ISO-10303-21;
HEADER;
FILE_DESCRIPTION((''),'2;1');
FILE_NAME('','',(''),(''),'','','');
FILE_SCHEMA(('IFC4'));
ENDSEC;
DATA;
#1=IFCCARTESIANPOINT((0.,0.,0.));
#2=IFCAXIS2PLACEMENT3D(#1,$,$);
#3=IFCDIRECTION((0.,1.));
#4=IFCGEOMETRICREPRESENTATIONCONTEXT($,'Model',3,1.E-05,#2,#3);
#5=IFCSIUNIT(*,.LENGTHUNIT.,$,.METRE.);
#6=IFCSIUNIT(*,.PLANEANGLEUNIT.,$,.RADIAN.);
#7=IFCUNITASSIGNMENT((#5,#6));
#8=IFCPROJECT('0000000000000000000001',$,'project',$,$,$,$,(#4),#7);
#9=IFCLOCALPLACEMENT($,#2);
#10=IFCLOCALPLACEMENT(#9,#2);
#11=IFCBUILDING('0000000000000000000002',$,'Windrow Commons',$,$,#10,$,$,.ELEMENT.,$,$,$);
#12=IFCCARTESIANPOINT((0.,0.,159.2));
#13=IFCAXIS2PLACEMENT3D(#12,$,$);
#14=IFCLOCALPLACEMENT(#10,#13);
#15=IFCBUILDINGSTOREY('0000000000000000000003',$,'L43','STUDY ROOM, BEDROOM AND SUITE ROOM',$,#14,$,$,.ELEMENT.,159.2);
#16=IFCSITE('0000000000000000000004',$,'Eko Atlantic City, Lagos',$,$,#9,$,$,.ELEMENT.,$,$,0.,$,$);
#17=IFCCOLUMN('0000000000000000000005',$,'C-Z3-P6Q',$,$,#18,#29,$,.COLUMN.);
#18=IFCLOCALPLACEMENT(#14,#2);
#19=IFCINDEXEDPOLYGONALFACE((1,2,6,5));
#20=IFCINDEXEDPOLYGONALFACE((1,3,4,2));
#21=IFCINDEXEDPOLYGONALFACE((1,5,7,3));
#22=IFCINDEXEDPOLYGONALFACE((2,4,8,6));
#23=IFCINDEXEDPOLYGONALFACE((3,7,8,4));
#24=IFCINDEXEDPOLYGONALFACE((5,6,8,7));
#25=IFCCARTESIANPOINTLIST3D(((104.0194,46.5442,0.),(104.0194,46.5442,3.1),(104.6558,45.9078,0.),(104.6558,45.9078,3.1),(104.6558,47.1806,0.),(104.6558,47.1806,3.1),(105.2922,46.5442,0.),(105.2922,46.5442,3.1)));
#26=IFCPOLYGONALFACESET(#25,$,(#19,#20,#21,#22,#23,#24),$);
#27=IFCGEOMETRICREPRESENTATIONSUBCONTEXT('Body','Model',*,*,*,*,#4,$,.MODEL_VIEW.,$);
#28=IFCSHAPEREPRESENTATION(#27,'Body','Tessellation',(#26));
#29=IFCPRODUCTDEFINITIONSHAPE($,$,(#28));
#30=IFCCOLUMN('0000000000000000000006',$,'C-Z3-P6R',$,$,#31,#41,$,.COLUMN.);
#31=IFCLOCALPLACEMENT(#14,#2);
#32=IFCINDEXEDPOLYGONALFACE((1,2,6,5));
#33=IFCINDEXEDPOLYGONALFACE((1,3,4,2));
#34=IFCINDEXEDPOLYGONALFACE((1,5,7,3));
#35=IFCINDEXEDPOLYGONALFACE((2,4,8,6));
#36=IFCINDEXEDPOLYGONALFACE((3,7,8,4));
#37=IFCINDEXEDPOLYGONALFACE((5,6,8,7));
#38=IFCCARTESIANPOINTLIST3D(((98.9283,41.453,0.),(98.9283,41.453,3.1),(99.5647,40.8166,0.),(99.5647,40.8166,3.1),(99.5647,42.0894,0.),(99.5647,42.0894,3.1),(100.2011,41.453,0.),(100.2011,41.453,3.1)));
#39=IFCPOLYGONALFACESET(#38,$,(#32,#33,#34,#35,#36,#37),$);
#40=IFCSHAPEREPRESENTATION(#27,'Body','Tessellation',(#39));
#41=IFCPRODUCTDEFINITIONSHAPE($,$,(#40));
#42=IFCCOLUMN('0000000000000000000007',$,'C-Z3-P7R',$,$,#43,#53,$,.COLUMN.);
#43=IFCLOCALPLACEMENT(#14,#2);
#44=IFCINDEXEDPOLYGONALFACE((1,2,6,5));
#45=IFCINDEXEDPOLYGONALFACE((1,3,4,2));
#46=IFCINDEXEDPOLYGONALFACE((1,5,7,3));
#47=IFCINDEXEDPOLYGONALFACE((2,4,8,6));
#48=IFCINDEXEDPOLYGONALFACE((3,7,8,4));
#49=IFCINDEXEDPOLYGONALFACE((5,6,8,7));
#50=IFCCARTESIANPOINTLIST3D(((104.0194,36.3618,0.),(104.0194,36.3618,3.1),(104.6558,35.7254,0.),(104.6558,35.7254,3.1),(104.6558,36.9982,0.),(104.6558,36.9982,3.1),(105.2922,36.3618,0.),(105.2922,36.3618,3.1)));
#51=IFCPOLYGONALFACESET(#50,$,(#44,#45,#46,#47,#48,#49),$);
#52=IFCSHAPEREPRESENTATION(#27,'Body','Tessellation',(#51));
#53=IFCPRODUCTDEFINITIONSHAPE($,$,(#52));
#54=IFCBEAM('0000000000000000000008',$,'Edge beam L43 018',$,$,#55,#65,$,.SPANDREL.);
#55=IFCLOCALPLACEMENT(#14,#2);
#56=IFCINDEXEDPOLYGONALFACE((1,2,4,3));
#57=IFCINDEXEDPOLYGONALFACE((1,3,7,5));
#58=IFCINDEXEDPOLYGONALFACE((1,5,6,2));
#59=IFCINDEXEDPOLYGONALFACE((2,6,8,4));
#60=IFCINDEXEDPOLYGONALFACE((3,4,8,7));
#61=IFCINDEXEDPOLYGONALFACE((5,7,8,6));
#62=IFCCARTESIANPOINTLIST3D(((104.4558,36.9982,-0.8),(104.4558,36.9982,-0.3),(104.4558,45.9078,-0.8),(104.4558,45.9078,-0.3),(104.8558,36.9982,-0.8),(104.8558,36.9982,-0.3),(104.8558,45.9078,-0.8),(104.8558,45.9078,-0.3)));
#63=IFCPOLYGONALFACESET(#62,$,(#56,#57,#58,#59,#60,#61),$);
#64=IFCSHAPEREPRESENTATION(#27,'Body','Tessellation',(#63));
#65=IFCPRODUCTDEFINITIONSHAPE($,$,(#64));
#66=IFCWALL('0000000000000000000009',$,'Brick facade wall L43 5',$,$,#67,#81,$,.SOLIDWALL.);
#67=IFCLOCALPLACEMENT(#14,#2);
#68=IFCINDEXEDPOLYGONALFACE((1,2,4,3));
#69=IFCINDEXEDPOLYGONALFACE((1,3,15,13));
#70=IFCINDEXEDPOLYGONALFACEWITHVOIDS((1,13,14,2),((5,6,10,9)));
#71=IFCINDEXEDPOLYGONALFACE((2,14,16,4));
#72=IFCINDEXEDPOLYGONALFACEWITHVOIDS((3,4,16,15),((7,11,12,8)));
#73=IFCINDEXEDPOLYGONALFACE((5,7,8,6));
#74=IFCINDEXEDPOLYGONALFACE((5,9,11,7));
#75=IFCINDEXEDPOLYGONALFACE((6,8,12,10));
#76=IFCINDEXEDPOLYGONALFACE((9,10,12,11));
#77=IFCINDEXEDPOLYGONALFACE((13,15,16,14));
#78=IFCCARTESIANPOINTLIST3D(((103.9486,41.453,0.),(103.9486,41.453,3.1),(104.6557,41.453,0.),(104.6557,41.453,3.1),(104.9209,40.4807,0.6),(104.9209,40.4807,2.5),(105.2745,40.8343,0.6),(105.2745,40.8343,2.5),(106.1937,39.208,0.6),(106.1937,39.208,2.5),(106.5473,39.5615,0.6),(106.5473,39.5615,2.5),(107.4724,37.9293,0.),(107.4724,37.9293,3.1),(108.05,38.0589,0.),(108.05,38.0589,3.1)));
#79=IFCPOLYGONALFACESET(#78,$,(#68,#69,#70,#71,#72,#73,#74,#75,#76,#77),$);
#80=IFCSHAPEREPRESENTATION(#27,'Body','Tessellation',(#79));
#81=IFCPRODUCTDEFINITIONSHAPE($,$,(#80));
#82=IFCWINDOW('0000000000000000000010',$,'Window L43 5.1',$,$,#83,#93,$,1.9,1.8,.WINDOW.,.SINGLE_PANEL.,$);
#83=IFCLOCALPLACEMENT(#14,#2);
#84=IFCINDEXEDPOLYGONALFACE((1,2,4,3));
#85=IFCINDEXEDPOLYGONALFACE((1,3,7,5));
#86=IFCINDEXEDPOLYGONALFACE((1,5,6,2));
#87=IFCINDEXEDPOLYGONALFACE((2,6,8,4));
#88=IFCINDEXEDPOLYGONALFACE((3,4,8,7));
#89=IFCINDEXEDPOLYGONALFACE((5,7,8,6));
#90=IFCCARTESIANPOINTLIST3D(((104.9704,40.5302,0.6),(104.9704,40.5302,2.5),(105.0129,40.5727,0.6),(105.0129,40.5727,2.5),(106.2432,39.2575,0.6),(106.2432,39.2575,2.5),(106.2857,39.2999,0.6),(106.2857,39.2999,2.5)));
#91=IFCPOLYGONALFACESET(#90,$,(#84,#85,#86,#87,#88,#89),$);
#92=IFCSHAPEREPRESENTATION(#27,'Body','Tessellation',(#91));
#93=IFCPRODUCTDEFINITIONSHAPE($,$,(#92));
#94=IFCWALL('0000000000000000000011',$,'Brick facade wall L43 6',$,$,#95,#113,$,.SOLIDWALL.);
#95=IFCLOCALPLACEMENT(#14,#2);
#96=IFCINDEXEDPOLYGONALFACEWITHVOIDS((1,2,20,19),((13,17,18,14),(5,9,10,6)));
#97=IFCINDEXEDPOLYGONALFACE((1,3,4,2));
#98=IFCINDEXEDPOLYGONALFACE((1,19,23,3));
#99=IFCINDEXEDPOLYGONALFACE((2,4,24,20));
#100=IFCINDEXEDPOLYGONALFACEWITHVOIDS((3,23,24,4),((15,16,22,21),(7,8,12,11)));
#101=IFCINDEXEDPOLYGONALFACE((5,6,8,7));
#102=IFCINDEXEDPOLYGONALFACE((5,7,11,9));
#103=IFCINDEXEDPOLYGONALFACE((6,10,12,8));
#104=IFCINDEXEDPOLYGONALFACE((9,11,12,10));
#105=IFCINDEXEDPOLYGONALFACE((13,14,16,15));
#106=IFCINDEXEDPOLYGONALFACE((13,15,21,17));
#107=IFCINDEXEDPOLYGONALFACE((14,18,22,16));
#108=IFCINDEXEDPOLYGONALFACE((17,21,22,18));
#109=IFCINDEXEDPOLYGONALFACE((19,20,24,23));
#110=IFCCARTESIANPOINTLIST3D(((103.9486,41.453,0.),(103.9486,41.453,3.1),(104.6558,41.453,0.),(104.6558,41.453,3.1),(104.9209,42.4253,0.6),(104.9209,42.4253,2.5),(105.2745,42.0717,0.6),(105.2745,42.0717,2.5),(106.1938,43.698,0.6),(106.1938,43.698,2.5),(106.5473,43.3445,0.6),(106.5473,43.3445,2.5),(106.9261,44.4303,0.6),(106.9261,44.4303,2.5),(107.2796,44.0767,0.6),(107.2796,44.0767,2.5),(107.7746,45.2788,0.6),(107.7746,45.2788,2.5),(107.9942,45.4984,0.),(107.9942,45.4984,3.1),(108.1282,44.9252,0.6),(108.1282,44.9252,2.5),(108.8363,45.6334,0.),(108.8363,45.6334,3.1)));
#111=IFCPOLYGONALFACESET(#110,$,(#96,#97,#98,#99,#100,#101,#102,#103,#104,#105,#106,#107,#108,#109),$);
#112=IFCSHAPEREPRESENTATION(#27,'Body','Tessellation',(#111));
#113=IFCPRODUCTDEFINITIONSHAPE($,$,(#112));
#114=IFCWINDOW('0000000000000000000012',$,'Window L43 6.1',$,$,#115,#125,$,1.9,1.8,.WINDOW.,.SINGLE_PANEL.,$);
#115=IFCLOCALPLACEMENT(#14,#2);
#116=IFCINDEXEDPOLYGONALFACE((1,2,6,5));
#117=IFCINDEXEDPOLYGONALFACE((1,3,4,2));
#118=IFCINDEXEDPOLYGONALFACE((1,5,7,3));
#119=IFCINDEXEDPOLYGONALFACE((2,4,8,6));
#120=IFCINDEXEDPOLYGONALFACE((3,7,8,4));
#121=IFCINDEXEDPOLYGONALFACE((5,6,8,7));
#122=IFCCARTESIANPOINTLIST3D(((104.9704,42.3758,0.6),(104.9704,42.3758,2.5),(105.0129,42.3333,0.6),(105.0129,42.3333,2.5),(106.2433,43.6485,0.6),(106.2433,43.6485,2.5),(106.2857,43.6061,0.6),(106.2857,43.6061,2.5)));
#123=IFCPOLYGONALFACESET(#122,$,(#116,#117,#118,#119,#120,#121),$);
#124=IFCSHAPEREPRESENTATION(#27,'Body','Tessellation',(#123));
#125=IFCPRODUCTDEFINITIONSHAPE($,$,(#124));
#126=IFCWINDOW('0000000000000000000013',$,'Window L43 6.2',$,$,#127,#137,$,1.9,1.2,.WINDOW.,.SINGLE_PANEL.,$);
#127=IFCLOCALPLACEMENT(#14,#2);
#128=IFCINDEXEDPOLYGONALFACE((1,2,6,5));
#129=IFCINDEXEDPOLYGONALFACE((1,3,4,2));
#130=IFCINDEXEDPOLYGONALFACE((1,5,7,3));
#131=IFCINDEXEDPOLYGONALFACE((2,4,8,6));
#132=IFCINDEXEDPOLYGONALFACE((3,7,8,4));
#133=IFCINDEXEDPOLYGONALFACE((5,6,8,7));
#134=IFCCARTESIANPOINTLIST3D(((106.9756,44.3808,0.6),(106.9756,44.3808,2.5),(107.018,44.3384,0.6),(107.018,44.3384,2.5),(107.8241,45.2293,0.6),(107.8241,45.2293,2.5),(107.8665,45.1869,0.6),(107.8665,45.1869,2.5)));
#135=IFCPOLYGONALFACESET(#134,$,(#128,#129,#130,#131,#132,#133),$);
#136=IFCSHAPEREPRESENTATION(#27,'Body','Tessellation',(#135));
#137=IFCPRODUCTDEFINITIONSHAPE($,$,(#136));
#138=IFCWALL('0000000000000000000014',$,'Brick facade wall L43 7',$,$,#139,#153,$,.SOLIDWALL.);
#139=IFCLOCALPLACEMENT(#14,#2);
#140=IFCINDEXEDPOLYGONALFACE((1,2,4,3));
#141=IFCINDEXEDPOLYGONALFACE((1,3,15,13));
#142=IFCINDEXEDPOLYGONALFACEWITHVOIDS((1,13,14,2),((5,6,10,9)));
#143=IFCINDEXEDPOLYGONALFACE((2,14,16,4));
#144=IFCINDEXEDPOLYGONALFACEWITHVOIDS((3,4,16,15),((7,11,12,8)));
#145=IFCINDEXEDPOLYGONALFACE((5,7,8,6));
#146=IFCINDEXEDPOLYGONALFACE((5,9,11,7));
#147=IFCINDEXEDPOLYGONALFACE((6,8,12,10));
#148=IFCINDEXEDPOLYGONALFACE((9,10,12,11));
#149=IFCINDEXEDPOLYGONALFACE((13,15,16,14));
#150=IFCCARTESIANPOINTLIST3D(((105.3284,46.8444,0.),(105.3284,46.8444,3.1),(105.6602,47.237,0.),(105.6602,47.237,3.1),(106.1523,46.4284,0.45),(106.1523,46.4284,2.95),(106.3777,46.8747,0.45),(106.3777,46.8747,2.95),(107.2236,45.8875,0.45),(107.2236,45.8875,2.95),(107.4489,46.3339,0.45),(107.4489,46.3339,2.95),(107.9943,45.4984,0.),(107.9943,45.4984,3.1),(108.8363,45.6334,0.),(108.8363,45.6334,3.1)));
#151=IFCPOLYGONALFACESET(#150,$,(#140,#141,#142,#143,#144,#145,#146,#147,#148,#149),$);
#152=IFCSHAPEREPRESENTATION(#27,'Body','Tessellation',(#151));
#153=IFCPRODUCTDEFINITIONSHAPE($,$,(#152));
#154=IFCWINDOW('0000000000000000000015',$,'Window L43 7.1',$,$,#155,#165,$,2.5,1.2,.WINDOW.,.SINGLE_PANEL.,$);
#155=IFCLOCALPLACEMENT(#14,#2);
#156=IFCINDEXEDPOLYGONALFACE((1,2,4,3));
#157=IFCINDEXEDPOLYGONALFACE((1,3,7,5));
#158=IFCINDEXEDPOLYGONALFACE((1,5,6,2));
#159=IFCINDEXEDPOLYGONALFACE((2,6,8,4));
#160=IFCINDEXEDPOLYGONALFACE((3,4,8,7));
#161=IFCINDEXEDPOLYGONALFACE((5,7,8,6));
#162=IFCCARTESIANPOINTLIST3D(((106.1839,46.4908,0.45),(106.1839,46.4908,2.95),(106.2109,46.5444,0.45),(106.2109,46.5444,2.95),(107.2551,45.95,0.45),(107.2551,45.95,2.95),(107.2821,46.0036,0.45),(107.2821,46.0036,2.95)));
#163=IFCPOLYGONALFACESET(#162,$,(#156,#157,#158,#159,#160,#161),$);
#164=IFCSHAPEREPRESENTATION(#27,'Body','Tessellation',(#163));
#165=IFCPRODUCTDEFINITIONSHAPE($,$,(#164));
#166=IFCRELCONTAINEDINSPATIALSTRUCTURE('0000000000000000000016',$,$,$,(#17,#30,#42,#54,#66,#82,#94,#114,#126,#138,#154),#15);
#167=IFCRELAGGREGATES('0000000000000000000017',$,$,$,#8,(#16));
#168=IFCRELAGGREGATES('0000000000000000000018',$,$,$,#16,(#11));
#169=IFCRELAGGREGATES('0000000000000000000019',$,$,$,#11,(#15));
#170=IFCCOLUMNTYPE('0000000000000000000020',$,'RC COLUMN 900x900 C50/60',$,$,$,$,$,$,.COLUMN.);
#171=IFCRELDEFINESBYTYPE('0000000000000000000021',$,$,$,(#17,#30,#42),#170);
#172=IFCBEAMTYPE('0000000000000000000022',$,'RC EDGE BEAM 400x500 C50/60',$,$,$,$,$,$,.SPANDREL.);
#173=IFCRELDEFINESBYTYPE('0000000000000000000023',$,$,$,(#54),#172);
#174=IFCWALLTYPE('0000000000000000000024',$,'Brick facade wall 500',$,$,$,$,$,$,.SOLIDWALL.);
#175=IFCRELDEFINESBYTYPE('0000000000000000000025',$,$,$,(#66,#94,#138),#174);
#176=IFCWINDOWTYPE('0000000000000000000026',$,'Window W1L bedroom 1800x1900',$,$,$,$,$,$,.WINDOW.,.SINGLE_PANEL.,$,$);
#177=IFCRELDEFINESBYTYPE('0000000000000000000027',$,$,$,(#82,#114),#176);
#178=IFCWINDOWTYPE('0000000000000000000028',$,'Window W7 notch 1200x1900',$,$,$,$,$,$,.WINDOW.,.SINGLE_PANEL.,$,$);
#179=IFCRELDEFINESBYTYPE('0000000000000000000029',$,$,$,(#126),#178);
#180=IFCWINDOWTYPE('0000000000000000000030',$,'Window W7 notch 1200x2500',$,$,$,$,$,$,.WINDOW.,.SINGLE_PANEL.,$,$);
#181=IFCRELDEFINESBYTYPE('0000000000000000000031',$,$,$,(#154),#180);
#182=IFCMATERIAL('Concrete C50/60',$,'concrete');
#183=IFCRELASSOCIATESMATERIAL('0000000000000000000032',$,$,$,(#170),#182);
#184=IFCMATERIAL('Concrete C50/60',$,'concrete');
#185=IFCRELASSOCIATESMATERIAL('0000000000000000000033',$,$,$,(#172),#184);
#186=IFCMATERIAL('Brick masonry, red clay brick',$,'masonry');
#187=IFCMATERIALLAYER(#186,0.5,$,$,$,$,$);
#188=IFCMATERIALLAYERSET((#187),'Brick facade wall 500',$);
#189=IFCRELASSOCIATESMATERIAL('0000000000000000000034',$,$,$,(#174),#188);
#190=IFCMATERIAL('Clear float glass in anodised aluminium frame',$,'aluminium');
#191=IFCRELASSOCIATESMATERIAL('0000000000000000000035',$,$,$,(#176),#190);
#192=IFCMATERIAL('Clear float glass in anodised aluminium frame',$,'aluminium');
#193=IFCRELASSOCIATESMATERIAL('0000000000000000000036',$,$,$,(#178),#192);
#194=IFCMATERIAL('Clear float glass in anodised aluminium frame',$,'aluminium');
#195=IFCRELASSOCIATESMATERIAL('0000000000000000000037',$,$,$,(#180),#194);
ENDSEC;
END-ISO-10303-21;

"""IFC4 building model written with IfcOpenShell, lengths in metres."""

from ifc_helpers import new_model, si_unit, direction, frame, frame_2d, origin, origin_2d, place, context, subcontext, project, spatial, polyline, rectangle, outline, extrude, material, layer, layer_set, material_profile, profile_set, type_object, element, fill, save


model = new_model("IFC4")

# Units and contexts
model_context = context("Model", 3, precision=1e-05, world=origin(), true_north=direction((0.0, 1.0)))
body_context = subcontext(model_context, "Body", "Model", "MODEL_VIEW")
ifc_project = project(units=[si_unit("LENGTHUNIT", "METRE"), si_unit("PLANEANGLEUNIT", "RADIAN")], contexts=[model_context])

# Site, building, storey
site_placement = place(None, origin())
site = spatial("IfcSite", under=ifc_project, at=site_placement, Name="Eko Atlantic City, Lagos", CompositionType="ELEMENT", RefElevation=0.0)
building_placement = place(site_placement, origin())
building = spatial("IfcBuilding", under=site, at=building_placement, Name="Windrow Commons", CompositionType="ELEMENT")
storey_placement = place(building_placement, frame((0.0, 0.0, 159.2)))
storey = spatial("IfcBuildingStorey", under=building, at=storey_placement, Name="L43", Description="STUDY ROOM, BEDROOM AND SUITE ROOM", CompositionType="ELEMENT", Elevation=159.2)

# Columns
ifc_material_1 = material(Name="Concrete C50/60", Category="concrete")
ifc_material_profile_1 = material_profile(ifc_material_1, rectangle(XDim=0.9, YDim=0.9, at=origin_2d()))
ifc_profile_set_1 = profile_set([ifc_material_profile_1], Name="Concrete C50/60")
column_type = type_object("IfcColumnType", Name="RC COLUMN 900x900 C50/60", PredefinedType="COLUMN", material=ifc_profile_set_1)
for number, where, z_axis, x_axis, name in (
    (1, (104.6558, 46.5442, 0.0), (0.0, 0.0, 1.0), (0.707107, -0.707107, 0.0), "C-Z3-P6Q"),
    (2, (99.5647, 41.453, 0.0), (0.0, 0.0, 1.0), (0.707107, -0.707107, 0.0), "C-Z3-P6R"),
    (3, (104.6558, 36.3618, 0.0), (0.0, 0.0, 1.0), (0.707107, -0.707107, 0.0), "C-Z3-P7R"),
):
    element("IfcColumn", number, at=place(storey_placement, frame(where, z_axis=z_axis, x_axis=x_axis)), inside=storey, type_object=column_type, Name=name, PredefinedType="COLUMN", context=body_context, shape_type="SweptSolid", body=[
        extrude(rectangle(XDim=0.9, YDim=0.9, at=origin_2d()), origin(), (0.0, 0.0, 1.0), 3.1),
    ])

# Beam
ifc_material_2 = material(Name="Concrete C50/60", Category="concrete")
ifc_material_profile_2 = material_profile(ifc_material_2, rectangle(XDim=0.4, YDim=0.5, at=origin_2d()))
ifc_profile_set_2 = profile_set([ifc_material_profile_2], Name="Concrete C50/60")
beam_type = type_object("IfcBeamType", Name="RC EDGE BEAM 400x500 C50/60", PredefinedType="SPANDREL", material=ifc_profile_set_2)
beam_placement = place(storey_placement, frame((104.6558, 45.9078, -0.55), z_axis=(0.0, -1.0, 0.0), x_axis=(1.0, 0.0, 0.0)))
element("IfcBeam", 4, at=beam_placement, inside=storey, type_object=beam_type, Name="Edge beam L43 018", PredefinedType="SPANDREL", context=body_context, shape_type="SweptSolid", body=[
    extrude(rectangle(XDim=0.4, YDim=0.5, at=origin_2d()), origin(), (0.0, 0.0, 1.0), 8.9096),
])

# Wall, opening, window
ifc_material_3 = material(Name="Brick masonry, red clay brick", Category="masonry")
ifc_layer_1 = layer(ifc_material_3, 0.5)
ifc_layer_set_1 = layer_set([ifc_layer_1], Name="Brick facade wall 500")
wall_type_1 = type_object("IfcWallType", Name="Brick facade wall 500", PredefinedType="SOLIDWALL", material=ifc_layer_set_1)
wall_1_placement = place(storey_placement, frame((107.7612, 37.9941, 0.0), z_axis=(0.0, 0.0, 1.0), x_axis=(-0.707117, 0.707097, 0.0)))
wall_1 = element("IfcWall", 5, at=wall_1_placement, inside=storey, type_object=wall_type_1, Name="Brick facade wall L43 5", PredefinedType="SOLIDWALL", context=body_context, shape_type="SweptSolid", body=[
    extrude(outline(polyline([(-0.1584, -0.25), (4.6417, -0.25), (5.1417, 0.25), (0.1584, 0.25), (-0.1584, -0.25)])), origin(), (0.0, 0.0, 1.0), 3.1),
])
opening_1_placement = place(wall_1_placement, frame((1.9667, 0.0, 0.6)))
opening_1 = element("IfcOpeningElement", 6, at=opening_1_placement, cuts=wall_1, PredefinedType="OPENING", context=body_context, shape_type="SweptSolid", body=[
    extrude(rectangle(XDim=1.8, YDim=1.9, at=frame_2d((0.9, 0.95))), frame((0.0, 0.26, 0.0), z_axis=(0.0, -1.0, 0.0), x_axis=(1.0, 0.0, 0.0)), (0.0, 0.0, 1.0), 0.52),
])
ifc_material_4 = material(Name="Clear float glass in anodised aluminium frame", Category="aluminium")
window_type_1 = type_object("IfcWindowType", Name="Window W1L bedroom 1800x1900", PartitioningType="SINGLE_PANEL", PredefinedType="WINDOW", material=ifc_material_4)
window_1_placement = place(opening_1_placement, origin())
window_1 = element("IfcWindow", 7, at=window_1_placement, inside=storey, type_object=window_type_1, Name="Window L43 5.1", OverallHeight=1.9, OverallWidth=1.8, PartitioningType="SINGLE_PANEL", PredefinedType="WINDOW", context=body_context, shape_type="SweptSolid", body=[
    extrude(rectangle(XDim=1.8, YDim=1.9, at=frame_2d((0.9, 0.95))), frame((0.0, 0.18, 0.0), z_axis=(0.0, -1.0, 0.0), x_axis=(1.0, 0.0, 0.0)), (0.0, 0.0, 1.0), 0.06),
])
fill(opening_1, window_1)

# Wall, openings, windows
wall_2_placement = place(storey_placement, frame((104.3022, 41.453, 0.0), z_axis=(0.0, 0.0, 1.0), x_axis=(0.707124, 0.70709, 0.0)))
wall_2 = element("IfcWall", 8, at=wall_2_placement, inside=storey, type_object=wall_type_1, Name="Brick facade wall L43 6", PredefinedType="SOLIDWALL", context=body_context, shape_type="SweptSolid", body=[
    extrude(outline(polyline([(0.25, -0.25), (6.1621, -0.25), (5.4712, 0.25), (-0.25, 0.25), (0.25, -0.25)])), origin(), (0.0, 0.0, 1.0), 3.1),
])
opening_2_placement = place(wall_2_placement, frame((1.125, 0.0, 0.6)))
opening_2 = element("IfcOpeningElement", 9, at=opening_2_placement, cuts=wall_2, PredefinedType="OPENING", context=body_context, shape_type="SweptSolid", body=[
    extrude(rectangle(XDim=1.8, YDim=1.9, at=frame_2d((0.9, 0.95))), frame((0.0, 0.26, 0.0), z_axis=(0.0, -1.0, 0.0), x_axis=(1.0, 0.0, 0.0)), (0.0, 0.0, 1.0), 0.52),
])
opening_3_placement = place(wall_2_placement, frame((3.9606, 0.0, 0.6)))
opening_3 = element("IfcOpeningElement", 10, at=opening_3_placement, cuts=wall_2, PredefinedType="OPENING", context=body_context, shape_type="SweptSolid", body=[
    extrude(rectangle(XDim=1.2, YDim=1.9, at=frame_2d((0.6, 0.95))), frame((0.0, 0.26, 0.0), z_axis=(0.0, -1.0, 0.0), x_axis=(1.0, 0.0, 0.0)), (0.0, 0.0, 1.0), 0.52),
])
window_2_placement = place(opening_2_placement, origin())
window_2 = element("IfcWindow", 11, at=window_2_placement, inside=storey, type_object=window_type_1, Name="Window L43 6.1", OverallHeight=1.9, OverallWidth=1.8, PartitioningType="SINGLE_PANEL", PredefinedType="WINDOW", context=body_context, shape_type="SweptSolid", body=[
    extrude(rectangle(XDim=1.8, YDim=1.9, at=frame_2d((0.9, 0.95))), frame((0.0, 0.18, 0.0), z_axis=(0.0, -1.0, 0.0), x_axis=(1.0, 0.0, 0.0)), (0.0, 0.0, 1.0), 0.06),
])
fill(opening_2, window_2)
ifc_material_5 = material(Name="Clear float glass in anodised aluminium frame", Category="aluminium")
window_type_2 = type_object("IfcWindowType", Name="Window W7 notch 1200x1900", PartitioningType="SINGLE_PANEL", PredefinedType="WINDOW", material=ifc_material_5)
window_3_placement = place(opening_3_placement, origin())
window_3 = element("IfcWindow", 12, at=window_3_placement, inside=storey, type_object=window_type_2, Name="Window L43 6.2", OverallHeight=1.9, OverallWidth=1.2, PartitioningType="SINGLE_PANEL", PredefinedType="WINDOW", context=body_context, shape_type="SweptSolid", body=[
    extrude(rectangle(XDim=1.2, YDim=1.9, at=frame_2d((0.6, 0.95))), frame((0.0, 0.18, 0.0), z_axis=(0.0, -1.0, 0.0), x_axis=(1.0, 0.0, 0.0)), (0.0, 0.0, 1.0), 0.06),
])
fill(opening_3, window_3)

# Wall, opening, window
wall_3_placement = place(storey_placement, frame((108.4153, 45.5659, 0.0), z_axis=(0.0, 0.0, 1.0), x_axis=(-0.892679, 0.450694, 0.0)))
wall_3 = element("IfcWall", 13, at=wall_3_placement, inside=storey, type_object=wall_type_1, Name="Brick facade wall L43 7", PredefinedType="SOLIDWALL", context=body_context, shape_type="SweptSolid", body=[
    extrude(outline(polyline([(-0.3454, -0.25), (3.2126, -0.25), (3.3318, 0.25), (0.3454, 0.25), (-0.3454, -0.25)])), origin(), (0.0, 0.0, 1.0), 3.1),
])
opening_4_placement = place(wall_3_placement, frame((1.2088, 0.0, 0.45)))
opening_4 = element("IfcOpeningElement", 14, at=opening_4_placement, cuts=wall_3, PredefinedType="OPENING", context=body_context, shape_type="SweptSolid", body=[
    extrude(rectangle(XDim=1.2, YDim=2.5, at=frame_2d((0.6, 1.25))), frame((0.0, 0.26, 0.0), z_axis=(0.0, -1.0, 0.0), x_axis=(1.0, 0.0, 0.0)), (0.0, 0.0, 1.0), 0.52),
])
ifc_material_6 = material(Name="Clear float glass in anodised aluminium frame", Category="aluminium")
window_type_3 = type_object("IfcWindowType", Name="Window W7 notch 1200x2500", PartitioningType="SINGLE_PANEL", PredefinedType="WINDOW", material=ifc_material_6)
window_4_placement = place(opening_4_placement, origin())
window_4 = element("IfcWindow", 15, at=window_4_placement, inside=storey, type_object=window_type_3, Name="Window L43 7.1", OverallHeight=2.5, OverallWidth=1.2, PartitioningType="SINGLE_PANEL", PredefinedType="WINDOW", context=body_context, shape_type="SweptSolid", body=[
    extrude(rectangle(XDim=1.2, YDim=2.5, at=frame_2d((0.6, 1.25))), frame((0.0, 0.18, 0.0), z_axis=(0.0, -1.0, 0.0), x_axis=(1.0, 0.0, 0.0)), (0.0, 0.0, 1.0), 0.06),
])
fill(opening_4, window_4)

save(model, "model.ifc")
